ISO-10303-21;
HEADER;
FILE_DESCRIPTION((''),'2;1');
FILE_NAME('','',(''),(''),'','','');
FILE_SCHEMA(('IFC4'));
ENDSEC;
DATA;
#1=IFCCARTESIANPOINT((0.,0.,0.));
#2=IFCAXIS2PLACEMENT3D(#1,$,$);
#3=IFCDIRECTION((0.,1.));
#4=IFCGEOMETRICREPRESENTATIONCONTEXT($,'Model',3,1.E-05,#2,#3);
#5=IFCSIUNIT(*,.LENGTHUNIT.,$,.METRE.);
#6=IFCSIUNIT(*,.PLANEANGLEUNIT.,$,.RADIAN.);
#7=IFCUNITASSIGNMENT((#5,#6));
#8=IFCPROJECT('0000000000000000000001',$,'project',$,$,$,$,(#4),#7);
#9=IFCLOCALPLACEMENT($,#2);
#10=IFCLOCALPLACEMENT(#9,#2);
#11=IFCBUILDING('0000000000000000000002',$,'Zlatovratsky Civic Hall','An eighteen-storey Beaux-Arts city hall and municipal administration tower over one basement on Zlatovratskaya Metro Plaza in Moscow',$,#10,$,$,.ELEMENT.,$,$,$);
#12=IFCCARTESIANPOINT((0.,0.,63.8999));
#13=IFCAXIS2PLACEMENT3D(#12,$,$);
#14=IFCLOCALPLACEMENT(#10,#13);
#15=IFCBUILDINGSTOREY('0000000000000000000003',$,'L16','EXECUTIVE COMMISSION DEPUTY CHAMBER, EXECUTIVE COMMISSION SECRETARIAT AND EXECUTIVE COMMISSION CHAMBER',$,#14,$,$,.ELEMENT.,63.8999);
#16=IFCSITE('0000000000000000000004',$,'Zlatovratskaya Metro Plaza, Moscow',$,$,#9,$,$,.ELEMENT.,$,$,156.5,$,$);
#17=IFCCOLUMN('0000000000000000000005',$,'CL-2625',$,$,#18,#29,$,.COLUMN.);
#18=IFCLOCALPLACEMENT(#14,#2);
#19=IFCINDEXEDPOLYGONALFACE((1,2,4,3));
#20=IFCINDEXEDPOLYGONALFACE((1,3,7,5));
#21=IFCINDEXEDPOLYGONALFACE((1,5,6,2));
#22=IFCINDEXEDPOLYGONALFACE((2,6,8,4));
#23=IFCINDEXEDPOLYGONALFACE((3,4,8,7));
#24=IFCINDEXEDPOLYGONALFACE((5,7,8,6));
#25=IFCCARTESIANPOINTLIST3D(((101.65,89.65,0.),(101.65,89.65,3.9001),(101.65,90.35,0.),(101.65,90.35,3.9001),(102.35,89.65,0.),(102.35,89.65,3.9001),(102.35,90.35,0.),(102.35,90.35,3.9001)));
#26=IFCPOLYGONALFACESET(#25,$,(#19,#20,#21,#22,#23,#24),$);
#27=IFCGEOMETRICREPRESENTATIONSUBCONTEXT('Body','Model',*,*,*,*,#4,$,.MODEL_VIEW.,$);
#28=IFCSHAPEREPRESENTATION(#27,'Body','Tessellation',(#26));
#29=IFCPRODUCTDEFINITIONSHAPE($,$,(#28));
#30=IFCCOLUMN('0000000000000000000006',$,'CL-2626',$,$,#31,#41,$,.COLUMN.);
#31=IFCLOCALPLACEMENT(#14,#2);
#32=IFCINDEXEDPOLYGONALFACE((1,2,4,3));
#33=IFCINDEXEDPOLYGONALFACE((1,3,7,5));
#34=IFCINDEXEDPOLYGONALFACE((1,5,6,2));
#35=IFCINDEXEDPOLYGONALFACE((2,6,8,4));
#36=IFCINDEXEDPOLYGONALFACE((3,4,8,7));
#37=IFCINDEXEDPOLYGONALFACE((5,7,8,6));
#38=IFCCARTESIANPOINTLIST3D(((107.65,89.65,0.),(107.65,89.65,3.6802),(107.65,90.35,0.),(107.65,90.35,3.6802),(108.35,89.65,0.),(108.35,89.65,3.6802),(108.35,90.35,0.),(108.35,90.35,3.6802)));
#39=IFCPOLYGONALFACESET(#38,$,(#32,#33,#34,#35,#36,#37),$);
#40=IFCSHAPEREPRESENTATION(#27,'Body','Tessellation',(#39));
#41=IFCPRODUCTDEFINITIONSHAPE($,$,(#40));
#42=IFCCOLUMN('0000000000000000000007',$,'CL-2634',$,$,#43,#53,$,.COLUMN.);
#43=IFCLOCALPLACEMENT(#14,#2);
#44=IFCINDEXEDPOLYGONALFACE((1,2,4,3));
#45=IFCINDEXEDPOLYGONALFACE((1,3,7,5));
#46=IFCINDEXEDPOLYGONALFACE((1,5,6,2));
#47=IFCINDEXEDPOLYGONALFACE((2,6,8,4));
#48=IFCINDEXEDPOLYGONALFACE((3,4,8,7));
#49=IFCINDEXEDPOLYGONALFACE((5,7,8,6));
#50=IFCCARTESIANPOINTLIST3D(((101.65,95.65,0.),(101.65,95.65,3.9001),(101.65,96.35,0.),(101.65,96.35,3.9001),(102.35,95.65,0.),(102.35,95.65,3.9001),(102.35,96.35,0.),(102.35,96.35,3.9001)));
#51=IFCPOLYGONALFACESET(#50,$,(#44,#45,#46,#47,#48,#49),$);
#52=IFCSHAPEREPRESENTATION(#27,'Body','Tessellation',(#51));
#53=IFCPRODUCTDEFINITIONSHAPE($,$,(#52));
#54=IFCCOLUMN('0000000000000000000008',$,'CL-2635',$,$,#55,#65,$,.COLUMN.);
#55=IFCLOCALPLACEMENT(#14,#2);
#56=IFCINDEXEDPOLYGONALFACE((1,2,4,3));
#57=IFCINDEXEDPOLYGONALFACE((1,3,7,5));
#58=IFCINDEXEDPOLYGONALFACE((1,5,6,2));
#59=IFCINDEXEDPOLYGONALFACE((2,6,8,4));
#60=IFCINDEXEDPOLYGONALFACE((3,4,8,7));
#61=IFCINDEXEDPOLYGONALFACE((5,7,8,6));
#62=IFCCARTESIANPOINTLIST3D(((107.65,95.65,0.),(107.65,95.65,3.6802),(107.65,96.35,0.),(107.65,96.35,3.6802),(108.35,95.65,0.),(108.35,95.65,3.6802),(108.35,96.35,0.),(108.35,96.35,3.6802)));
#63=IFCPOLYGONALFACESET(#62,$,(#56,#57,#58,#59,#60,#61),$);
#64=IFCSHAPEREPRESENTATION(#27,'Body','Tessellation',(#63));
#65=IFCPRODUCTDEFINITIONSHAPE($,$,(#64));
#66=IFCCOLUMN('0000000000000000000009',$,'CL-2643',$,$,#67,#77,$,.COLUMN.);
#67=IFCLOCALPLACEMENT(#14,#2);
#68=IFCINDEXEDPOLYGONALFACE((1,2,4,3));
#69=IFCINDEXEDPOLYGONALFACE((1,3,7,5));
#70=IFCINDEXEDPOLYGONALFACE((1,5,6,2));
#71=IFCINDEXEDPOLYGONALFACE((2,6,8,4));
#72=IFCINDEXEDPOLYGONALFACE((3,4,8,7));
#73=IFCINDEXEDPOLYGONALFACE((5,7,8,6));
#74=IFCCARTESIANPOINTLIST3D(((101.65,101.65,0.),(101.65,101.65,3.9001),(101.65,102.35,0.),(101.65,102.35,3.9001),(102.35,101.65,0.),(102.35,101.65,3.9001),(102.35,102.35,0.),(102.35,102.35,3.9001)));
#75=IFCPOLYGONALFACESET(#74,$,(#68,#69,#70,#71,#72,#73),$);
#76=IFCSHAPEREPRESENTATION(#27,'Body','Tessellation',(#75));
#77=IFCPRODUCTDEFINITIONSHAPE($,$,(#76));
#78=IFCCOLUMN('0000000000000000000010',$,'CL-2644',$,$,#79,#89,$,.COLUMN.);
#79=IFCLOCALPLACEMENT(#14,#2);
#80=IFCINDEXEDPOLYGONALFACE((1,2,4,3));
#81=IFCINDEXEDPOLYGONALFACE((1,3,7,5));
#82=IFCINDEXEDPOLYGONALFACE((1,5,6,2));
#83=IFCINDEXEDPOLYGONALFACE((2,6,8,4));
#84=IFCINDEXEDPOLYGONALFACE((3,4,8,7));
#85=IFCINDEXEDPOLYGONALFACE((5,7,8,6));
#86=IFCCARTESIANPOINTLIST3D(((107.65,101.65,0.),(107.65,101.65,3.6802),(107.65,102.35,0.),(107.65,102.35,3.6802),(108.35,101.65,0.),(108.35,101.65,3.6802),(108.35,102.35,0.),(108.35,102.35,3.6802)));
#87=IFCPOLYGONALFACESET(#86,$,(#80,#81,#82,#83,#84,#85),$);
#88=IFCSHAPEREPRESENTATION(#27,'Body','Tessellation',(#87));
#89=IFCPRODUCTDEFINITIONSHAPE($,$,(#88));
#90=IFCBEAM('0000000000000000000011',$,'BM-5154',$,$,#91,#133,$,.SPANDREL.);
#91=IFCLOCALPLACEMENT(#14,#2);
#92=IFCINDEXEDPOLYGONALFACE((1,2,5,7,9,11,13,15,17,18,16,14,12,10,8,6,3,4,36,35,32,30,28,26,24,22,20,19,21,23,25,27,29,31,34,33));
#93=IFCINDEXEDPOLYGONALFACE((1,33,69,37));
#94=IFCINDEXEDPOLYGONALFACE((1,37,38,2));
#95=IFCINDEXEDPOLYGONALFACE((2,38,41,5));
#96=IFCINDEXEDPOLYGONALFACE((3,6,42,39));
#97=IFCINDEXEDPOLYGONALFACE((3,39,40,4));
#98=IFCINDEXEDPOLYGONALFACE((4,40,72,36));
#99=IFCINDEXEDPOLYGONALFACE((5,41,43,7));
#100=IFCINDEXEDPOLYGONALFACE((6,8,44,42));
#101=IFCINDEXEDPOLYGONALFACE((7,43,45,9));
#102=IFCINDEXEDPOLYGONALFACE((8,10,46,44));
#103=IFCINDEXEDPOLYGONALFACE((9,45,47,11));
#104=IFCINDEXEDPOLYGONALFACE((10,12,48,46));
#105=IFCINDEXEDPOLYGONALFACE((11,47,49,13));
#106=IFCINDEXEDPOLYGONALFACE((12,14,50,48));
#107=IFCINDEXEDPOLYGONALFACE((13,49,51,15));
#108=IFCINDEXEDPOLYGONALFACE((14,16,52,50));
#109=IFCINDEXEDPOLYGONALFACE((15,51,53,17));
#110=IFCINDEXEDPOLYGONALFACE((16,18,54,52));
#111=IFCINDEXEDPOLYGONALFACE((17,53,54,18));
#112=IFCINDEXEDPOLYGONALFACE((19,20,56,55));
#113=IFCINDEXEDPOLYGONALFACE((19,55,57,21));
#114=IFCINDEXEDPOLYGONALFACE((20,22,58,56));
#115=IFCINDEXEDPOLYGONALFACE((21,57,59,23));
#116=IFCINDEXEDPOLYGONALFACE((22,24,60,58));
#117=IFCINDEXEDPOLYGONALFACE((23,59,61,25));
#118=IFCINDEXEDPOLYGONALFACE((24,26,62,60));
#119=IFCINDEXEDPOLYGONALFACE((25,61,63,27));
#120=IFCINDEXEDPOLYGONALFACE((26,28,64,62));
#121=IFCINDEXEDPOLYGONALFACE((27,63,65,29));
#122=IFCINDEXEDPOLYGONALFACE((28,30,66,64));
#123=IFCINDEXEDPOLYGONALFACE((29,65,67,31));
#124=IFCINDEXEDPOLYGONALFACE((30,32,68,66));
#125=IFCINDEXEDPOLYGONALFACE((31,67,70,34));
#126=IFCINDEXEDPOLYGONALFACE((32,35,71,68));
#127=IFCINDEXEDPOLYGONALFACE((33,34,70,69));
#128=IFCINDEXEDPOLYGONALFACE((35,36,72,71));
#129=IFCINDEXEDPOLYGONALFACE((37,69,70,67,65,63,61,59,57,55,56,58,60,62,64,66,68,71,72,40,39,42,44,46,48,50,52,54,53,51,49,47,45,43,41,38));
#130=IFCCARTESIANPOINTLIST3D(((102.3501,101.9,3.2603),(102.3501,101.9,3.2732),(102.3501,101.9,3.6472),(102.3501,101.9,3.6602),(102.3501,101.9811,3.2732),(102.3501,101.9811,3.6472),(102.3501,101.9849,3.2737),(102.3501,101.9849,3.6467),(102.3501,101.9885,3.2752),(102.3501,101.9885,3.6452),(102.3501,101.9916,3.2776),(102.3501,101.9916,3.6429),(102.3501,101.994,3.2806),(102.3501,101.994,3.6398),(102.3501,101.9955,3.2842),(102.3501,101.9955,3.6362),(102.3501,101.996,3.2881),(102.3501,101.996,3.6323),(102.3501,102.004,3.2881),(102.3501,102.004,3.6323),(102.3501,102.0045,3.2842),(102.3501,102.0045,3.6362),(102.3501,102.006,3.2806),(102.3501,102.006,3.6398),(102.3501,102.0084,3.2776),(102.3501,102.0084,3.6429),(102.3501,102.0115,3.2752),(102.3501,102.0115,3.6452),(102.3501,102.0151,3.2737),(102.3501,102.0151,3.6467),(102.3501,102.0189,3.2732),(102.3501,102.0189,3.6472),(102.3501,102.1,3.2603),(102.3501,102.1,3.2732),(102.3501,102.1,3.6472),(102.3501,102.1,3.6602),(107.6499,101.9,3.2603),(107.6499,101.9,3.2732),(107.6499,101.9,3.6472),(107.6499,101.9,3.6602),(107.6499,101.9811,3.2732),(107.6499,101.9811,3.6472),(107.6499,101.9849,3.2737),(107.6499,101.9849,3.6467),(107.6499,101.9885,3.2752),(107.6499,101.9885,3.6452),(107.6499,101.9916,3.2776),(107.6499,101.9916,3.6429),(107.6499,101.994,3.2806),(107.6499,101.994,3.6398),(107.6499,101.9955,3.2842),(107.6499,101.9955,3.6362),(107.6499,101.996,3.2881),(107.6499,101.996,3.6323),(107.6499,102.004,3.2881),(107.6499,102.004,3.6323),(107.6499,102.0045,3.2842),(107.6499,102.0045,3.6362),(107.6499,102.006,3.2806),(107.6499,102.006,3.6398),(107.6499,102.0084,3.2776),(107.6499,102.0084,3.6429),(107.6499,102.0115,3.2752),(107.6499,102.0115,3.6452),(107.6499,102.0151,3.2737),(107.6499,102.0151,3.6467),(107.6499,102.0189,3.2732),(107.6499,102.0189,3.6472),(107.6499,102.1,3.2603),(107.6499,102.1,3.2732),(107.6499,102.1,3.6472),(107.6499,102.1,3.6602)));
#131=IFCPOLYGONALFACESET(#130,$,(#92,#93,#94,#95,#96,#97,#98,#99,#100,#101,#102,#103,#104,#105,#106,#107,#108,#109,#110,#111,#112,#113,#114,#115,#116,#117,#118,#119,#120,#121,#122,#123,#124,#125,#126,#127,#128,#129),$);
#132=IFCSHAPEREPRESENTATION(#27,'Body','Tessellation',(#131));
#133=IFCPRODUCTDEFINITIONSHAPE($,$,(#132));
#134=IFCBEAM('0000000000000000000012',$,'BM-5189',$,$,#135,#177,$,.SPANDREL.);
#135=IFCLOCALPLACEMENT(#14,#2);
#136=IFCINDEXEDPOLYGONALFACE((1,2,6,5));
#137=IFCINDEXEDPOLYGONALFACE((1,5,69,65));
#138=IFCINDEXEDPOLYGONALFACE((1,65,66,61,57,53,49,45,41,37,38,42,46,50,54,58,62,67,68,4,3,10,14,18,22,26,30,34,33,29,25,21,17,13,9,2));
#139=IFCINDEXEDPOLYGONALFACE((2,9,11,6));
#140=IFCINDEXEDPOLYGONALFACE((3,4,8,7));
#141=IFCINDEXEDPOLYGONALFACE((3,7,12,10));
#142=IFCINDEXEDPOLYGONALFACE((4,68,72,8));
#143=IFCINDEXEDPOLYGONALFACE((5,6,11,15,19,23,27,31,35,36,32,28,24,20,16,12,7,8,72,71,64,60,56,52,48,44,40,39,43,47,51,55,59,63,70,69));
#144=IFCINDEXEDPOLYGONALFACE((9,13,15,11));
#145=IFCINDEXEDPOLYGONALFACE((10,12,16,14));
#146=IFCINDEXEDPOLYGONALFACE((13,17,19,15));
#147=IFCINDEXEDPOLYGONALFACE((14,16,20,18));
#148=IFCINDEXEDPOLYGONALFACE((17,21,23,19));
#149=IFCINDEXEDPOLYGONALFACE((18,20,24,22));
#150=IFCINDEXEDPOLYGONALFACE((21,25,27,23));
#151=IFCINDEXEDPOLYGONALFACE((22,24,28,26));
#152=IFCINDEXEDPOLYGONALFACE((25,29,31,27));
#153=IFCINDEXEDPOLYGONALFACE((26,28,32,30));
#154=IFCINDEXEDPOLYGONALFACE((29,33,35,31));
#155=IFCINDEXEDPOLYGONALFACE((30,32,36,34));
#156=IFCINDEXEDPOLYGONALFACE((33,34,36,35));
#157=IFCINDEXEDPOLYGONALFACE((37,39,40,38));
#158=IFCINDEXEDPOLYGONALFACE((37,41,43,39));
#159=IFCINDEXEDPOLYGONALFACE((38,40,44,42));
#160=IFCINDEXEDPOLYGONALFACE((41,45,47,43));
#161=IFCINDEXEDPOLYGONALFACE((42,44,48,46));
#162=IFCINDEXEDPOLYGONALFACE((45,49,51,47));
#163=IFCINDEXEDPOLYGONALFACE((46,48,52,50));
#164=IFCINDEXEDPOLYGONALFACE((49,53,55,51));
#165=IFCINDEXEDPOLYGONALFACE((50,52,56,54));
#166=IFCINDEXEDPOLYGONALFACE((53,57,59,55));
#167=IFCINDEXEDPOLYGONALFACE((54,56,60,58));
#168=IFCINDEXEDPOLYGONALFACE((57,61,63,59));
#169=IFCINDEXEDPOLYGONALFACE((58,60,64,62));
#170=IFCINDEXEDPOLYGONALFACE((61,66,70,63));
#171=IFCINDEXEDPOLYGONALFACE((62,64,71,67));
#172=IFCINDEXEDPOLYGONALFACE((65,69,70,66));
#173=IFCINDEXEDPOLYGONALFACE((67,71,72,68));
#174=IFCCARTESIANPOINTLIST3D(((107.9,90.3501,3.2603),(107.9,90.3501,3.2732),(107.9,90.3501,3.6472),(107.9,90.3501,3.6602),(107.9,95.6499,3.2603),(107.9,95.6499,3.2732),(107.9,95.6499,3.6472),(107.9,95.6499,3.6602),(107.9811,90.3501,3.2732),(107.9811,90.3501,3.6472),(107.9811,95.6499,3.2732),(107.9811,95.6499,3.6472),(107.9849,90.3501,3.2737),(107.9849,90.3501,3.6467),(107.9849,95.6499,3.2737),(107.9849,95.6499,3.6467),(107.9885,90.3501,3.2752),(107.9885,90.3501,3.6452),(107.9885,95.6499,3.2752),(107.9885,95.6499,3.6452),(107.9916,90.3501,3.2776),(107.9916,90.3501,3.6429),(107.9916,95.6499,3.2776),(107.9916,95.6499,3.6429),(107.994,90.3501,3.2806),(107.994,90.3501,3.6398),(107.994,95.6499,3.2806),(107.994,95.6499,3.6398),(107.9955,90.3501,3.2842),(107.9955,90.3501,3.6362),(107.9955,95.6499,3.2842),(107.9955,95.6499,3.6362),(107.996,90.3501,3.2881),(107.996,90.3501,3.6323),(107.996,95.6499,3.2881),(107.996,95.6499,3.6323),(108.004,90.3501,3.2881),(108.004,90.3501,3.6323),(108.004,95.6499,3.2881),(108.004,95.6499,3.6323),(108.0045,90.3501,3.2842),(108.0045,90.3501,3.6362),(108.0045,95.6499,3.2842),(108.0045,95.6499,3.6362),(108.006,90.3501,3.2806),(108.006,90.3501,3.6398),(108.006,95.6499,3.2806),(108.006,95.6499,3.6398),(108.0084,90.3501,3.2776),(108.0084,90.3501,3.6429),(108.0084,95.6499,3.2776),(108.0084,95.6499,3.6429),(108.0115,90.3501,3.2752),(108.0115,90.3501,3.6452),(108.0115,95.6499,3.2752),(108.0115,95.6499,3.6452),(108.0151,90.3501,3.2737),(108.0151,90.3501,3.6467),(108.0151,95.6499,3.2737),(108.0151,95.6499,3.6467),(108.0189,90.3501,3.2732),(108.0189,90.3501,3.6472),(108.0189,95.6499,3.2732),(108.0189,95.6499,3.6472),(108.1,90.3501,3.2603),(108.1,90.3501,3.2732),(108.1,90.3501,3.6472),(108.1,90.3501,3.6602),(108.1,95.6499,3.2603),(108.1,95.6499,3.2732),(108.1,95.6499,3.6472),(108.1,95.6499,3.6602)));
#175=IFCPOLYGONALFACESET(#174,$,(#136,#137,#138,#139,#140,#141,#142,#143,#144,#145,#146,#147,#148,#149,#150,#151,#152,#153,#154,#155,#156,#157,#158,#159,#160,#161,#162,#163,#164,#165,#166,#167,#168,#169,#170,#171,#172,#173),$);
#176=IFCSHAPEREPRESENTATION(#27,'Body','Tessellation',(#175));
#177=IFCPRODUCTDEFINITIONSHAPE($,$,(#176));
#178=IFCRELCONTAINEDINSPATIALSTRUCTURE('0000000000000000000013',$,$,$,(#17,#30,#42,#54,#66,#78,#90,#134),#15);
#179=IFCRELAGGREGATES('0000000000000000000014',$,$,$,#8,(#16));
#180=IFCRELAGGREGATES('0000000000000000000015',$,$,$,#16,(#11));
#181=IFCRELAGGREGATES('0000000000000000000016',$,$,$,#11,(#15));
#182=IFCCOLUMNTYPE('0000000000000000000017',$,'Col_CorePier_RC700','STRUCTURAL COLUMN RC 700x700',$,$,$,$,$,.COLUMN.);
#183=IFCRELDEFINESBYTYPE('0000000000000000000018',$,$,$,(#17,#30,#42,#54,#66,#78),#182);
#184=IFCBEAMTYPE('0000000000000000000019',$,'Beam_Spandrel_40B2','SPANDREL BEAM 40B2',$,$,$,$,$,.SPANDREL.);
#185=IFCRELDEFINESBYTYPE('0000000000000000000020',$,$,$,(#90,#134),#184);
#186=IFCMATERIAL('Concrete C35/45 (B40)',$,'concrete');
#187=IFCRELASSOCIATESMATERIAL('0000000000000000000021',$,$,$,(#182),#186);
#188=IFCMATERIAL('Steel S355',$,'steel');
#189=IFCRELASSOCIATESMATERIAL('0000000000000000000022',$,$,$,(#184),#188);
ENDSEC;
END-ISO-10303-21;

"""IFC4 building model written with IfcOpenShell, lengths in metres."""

from ifc_helpers import new_model, si_unit, direction, frame, origin, origin_2d, place, context, subcontext, project, spatial, rectangle, i_section, extrude, material, material_profile, profile_set, type_object, element, save


model = new_model("IFC4")

# Units and contexts
model_context = context("Model", 3, precision=1e-05, world=origin(), true_north=direction((0.0, 1.0)))
body_context = subcontext(model_context, "Body", "Model", "MODEL_VIEW")
ifc_project = project(units=[si_unit("LENGTHUNIT", "METRE"), si_unit("PLANEANGLEUNIT", "RADIAN")], contexts=[model_context])

# Site, building, storey
site_placement = place(None, origin())
site = spatial("IfcSite", under=ifc_project, at=site_placement, Name="Zlatovratskaya Metro Plaza, Moscow", CompositionType="ELEMENT", RefElevation=156.5)
building_placement = place(site_placement, origin())
building = spatial("IfcBuilding", under=site, at=building_placement, Name="Zlatovratsky Civic Hall", Description="An eighteen-storey Beaux-Arts city hall and municipal administration tower over one basement on Zlatovratskaya Metro Plaza in Moscow", CompositionType="ELEMENT")
storey_placement = place(building_placement, frame((0.0, 0.0, 63.8999)))
storey = spatial("IfcBuildingStorey", under=building, at=storey_placement, Name="L16", Description="EXECUTIVE COMMISSION DEPUTY CHAMBER, EXECUTIVE COMMISSION SECRETARIAT AND EXECUTIVE COMMISSION CHAMBER", CompositionType="ELEMENT", Elevation=63.8999)

# Columns
ifc_material_1 = material(Name="Concrete C35/45 (B40)", Category="concrete")
ifc_material_profile_1 = material_profile(ifc_material_1, rectangle(XDim=0.7, YDim=0.7, at=origin_2d()), Name="RC 700x700")
ifc_profile_set_1 = profile_set([ifc_material_profile_1], Name="Concrete C35/45 (B40)")
column_type = type_object("IfcColumnType", Name="Col_CorePier_RC700", Description="STRUCTURAL COLUMN RC 700x700", PredefinedType="COLUMN", material=ifc_profile_set_1)
column_1_placement = place(storey_placement, frame((102.0, 90.0, 0.0), z_axis=(0.0, 0.0, 1.0), x_axis=(1.0, 0.0, 0.0)))
element("IfcColumn", 1, at=column_1_placement, inside=storey, type_object=column_type, Name="CL-2625", PredefinedType="COLUMN", context=body_context, shape_type="SweptSolid", body=[
    extrude(rectangle(XDim=0.7, YDim=0.7, at=origin_2d()), origin(), (0.0, 0.0, 1.0), 3.9001),
])
column_2_placement = place(storey_placement, frame((108.0, 90.0, 0.0), z_axis=(0.0, 0.0, 1.0), x_axis=(1.0, 0.0, 0.0)))
element("IfcColumn", 2, at=column_2_placement, inside=storey, type_object=column_type, Name="CL-2626", PredefinedType="COLUMN", context=body_context, shape_type="SweptSolid", body=[
    extrude(rectangle(XDim=0.7, YDim=0.7, at=origin_2d()), origin(), (0.0, 0.0, 1.0), 3.6802),
])
column_3_placement = place(storey_placement, frame((102.0, 96.0, 0.0), z_axis=(0.0, 0.0, 1.0), x_axis=(1.0, 0.0, 0.0)))
element("IfcColumn", 3, at=column_3_placement, inside=storey, type_object=column_type, Name="CL-2634", PredefinedType="COLUMN", context=body_context, shape_type="SweptSolid", body=[
    extrude(rectangle(XDim=0.7, YDim=0.7, at=origin_2d()), origin(), (0.0, 0.0, 1.0), 3.9001),
])
column_4_placement = place(storey_placement, frame((108.0, 96.0, 0.0), z_axis=(0.0, 0.0, 1.0), x_axis=(1.0, 0.0, 0.0)))
element("IfcColumn", 4, at=column_4_placement, inside=storey, type_object=column_type, Name="CL-2635", PredefinedType="COLUMN", context=body_context, shape_type="SweptSolid", body=[
    extrude(rectangle(XDim=0.7, YDim=0.7, at=origin_2d()), origin(), (0.0, 0.0, 1.0), 3.6802),
])
column_5_placement = place(storey_placement, frame((102.0, 102.0, 0.0), z_axis=(0.0, 0.0, 1.0), x_axis=(1.0, 0.0, 0.0)))
element("IfcColumn", 5, at=column_5_placement, inside=storey, type_object=column_type, Name="CL-2643", PredefinedType="COLUMN", context=body_context, shape_type="SweptSolid", body=[
    extrude(rectangle(XDim=0.7, YDim=0.7, at=origin_2d()), origin(), (0.0, 0.0, 1.0), 3.9001),
])
column_6_placement = place(storey_placement, frame((108.0, 102.0, 0.0), z_axis=(0.0, 0.0, 1.0), x_axis=(1.0, 0.0, 0.0)))
element("IfcColumn", 6, at=column_6_placement, inside=storey, type_object=column_type, Name="CL-2644", PredefinedType="COLUMN", context=body_context, shape_type="SweptSolid", body=[
    extrude(rectangle(XDim=0.7, YDim=0.7, at=origin_2d()), origin(), (0.0, 0.0, 1.0), 3.6802),
])

# Beams
ifc_material_2 = material(Name="Steel S355", Category="steel")
ifc_material_profile_2 = material_profile(ifc_material_2, i_section(OverallWidth=0.2, OverallDepth=0.3999, WebThickness=0.0081, FlangeThickness=0.0129, FilletRadius=0.0149, at=origin_2d()), Name="40B2")
ifc_profile_set_2 = profile_set([ifc_material_profile_2], Name="Steel S355")
beam_type_1 = type_object("IfcBeamType", Name="Beam_Spandrel_40B2", Description="SPANDREL BEAM 40B2", PredefinedType="SPANDREL", material=ifc_profile_set_2)
for number, where, z_axis, x_axis, name in (
    (7, (102.3501, 102.0, 3.4602), (1.0, 0.0, 0.0), (0.0, 1.0, 0.0), "BM-5154"),
    (8, (108.0, 90.3501, 3.4602), (0.0, 1.0, 0.0), (-1.0, 0.0, 0.0), "BM-5189"),
):
    element("IfcBeam", number, at=place(storey_placement, frame(where, z_axis=z_axis, x_axis=x_axis)), inside=storey, type_object=beam_type_1, Name=name, PredefinedType="SPANDREL", context=body_context, shape_type="SweptSolid", body=[
        extrude(i_section(OverallWidth=0.2, OverallDepth=0.3999, WebThickness=0.0081, FlangeThickness=0.0129, FilletRadius=0.0149, at=origin_2d()), origin(), (0.0, 0.0, 1.0), 5.2998),
    ])

save(model, "model.ifc")
